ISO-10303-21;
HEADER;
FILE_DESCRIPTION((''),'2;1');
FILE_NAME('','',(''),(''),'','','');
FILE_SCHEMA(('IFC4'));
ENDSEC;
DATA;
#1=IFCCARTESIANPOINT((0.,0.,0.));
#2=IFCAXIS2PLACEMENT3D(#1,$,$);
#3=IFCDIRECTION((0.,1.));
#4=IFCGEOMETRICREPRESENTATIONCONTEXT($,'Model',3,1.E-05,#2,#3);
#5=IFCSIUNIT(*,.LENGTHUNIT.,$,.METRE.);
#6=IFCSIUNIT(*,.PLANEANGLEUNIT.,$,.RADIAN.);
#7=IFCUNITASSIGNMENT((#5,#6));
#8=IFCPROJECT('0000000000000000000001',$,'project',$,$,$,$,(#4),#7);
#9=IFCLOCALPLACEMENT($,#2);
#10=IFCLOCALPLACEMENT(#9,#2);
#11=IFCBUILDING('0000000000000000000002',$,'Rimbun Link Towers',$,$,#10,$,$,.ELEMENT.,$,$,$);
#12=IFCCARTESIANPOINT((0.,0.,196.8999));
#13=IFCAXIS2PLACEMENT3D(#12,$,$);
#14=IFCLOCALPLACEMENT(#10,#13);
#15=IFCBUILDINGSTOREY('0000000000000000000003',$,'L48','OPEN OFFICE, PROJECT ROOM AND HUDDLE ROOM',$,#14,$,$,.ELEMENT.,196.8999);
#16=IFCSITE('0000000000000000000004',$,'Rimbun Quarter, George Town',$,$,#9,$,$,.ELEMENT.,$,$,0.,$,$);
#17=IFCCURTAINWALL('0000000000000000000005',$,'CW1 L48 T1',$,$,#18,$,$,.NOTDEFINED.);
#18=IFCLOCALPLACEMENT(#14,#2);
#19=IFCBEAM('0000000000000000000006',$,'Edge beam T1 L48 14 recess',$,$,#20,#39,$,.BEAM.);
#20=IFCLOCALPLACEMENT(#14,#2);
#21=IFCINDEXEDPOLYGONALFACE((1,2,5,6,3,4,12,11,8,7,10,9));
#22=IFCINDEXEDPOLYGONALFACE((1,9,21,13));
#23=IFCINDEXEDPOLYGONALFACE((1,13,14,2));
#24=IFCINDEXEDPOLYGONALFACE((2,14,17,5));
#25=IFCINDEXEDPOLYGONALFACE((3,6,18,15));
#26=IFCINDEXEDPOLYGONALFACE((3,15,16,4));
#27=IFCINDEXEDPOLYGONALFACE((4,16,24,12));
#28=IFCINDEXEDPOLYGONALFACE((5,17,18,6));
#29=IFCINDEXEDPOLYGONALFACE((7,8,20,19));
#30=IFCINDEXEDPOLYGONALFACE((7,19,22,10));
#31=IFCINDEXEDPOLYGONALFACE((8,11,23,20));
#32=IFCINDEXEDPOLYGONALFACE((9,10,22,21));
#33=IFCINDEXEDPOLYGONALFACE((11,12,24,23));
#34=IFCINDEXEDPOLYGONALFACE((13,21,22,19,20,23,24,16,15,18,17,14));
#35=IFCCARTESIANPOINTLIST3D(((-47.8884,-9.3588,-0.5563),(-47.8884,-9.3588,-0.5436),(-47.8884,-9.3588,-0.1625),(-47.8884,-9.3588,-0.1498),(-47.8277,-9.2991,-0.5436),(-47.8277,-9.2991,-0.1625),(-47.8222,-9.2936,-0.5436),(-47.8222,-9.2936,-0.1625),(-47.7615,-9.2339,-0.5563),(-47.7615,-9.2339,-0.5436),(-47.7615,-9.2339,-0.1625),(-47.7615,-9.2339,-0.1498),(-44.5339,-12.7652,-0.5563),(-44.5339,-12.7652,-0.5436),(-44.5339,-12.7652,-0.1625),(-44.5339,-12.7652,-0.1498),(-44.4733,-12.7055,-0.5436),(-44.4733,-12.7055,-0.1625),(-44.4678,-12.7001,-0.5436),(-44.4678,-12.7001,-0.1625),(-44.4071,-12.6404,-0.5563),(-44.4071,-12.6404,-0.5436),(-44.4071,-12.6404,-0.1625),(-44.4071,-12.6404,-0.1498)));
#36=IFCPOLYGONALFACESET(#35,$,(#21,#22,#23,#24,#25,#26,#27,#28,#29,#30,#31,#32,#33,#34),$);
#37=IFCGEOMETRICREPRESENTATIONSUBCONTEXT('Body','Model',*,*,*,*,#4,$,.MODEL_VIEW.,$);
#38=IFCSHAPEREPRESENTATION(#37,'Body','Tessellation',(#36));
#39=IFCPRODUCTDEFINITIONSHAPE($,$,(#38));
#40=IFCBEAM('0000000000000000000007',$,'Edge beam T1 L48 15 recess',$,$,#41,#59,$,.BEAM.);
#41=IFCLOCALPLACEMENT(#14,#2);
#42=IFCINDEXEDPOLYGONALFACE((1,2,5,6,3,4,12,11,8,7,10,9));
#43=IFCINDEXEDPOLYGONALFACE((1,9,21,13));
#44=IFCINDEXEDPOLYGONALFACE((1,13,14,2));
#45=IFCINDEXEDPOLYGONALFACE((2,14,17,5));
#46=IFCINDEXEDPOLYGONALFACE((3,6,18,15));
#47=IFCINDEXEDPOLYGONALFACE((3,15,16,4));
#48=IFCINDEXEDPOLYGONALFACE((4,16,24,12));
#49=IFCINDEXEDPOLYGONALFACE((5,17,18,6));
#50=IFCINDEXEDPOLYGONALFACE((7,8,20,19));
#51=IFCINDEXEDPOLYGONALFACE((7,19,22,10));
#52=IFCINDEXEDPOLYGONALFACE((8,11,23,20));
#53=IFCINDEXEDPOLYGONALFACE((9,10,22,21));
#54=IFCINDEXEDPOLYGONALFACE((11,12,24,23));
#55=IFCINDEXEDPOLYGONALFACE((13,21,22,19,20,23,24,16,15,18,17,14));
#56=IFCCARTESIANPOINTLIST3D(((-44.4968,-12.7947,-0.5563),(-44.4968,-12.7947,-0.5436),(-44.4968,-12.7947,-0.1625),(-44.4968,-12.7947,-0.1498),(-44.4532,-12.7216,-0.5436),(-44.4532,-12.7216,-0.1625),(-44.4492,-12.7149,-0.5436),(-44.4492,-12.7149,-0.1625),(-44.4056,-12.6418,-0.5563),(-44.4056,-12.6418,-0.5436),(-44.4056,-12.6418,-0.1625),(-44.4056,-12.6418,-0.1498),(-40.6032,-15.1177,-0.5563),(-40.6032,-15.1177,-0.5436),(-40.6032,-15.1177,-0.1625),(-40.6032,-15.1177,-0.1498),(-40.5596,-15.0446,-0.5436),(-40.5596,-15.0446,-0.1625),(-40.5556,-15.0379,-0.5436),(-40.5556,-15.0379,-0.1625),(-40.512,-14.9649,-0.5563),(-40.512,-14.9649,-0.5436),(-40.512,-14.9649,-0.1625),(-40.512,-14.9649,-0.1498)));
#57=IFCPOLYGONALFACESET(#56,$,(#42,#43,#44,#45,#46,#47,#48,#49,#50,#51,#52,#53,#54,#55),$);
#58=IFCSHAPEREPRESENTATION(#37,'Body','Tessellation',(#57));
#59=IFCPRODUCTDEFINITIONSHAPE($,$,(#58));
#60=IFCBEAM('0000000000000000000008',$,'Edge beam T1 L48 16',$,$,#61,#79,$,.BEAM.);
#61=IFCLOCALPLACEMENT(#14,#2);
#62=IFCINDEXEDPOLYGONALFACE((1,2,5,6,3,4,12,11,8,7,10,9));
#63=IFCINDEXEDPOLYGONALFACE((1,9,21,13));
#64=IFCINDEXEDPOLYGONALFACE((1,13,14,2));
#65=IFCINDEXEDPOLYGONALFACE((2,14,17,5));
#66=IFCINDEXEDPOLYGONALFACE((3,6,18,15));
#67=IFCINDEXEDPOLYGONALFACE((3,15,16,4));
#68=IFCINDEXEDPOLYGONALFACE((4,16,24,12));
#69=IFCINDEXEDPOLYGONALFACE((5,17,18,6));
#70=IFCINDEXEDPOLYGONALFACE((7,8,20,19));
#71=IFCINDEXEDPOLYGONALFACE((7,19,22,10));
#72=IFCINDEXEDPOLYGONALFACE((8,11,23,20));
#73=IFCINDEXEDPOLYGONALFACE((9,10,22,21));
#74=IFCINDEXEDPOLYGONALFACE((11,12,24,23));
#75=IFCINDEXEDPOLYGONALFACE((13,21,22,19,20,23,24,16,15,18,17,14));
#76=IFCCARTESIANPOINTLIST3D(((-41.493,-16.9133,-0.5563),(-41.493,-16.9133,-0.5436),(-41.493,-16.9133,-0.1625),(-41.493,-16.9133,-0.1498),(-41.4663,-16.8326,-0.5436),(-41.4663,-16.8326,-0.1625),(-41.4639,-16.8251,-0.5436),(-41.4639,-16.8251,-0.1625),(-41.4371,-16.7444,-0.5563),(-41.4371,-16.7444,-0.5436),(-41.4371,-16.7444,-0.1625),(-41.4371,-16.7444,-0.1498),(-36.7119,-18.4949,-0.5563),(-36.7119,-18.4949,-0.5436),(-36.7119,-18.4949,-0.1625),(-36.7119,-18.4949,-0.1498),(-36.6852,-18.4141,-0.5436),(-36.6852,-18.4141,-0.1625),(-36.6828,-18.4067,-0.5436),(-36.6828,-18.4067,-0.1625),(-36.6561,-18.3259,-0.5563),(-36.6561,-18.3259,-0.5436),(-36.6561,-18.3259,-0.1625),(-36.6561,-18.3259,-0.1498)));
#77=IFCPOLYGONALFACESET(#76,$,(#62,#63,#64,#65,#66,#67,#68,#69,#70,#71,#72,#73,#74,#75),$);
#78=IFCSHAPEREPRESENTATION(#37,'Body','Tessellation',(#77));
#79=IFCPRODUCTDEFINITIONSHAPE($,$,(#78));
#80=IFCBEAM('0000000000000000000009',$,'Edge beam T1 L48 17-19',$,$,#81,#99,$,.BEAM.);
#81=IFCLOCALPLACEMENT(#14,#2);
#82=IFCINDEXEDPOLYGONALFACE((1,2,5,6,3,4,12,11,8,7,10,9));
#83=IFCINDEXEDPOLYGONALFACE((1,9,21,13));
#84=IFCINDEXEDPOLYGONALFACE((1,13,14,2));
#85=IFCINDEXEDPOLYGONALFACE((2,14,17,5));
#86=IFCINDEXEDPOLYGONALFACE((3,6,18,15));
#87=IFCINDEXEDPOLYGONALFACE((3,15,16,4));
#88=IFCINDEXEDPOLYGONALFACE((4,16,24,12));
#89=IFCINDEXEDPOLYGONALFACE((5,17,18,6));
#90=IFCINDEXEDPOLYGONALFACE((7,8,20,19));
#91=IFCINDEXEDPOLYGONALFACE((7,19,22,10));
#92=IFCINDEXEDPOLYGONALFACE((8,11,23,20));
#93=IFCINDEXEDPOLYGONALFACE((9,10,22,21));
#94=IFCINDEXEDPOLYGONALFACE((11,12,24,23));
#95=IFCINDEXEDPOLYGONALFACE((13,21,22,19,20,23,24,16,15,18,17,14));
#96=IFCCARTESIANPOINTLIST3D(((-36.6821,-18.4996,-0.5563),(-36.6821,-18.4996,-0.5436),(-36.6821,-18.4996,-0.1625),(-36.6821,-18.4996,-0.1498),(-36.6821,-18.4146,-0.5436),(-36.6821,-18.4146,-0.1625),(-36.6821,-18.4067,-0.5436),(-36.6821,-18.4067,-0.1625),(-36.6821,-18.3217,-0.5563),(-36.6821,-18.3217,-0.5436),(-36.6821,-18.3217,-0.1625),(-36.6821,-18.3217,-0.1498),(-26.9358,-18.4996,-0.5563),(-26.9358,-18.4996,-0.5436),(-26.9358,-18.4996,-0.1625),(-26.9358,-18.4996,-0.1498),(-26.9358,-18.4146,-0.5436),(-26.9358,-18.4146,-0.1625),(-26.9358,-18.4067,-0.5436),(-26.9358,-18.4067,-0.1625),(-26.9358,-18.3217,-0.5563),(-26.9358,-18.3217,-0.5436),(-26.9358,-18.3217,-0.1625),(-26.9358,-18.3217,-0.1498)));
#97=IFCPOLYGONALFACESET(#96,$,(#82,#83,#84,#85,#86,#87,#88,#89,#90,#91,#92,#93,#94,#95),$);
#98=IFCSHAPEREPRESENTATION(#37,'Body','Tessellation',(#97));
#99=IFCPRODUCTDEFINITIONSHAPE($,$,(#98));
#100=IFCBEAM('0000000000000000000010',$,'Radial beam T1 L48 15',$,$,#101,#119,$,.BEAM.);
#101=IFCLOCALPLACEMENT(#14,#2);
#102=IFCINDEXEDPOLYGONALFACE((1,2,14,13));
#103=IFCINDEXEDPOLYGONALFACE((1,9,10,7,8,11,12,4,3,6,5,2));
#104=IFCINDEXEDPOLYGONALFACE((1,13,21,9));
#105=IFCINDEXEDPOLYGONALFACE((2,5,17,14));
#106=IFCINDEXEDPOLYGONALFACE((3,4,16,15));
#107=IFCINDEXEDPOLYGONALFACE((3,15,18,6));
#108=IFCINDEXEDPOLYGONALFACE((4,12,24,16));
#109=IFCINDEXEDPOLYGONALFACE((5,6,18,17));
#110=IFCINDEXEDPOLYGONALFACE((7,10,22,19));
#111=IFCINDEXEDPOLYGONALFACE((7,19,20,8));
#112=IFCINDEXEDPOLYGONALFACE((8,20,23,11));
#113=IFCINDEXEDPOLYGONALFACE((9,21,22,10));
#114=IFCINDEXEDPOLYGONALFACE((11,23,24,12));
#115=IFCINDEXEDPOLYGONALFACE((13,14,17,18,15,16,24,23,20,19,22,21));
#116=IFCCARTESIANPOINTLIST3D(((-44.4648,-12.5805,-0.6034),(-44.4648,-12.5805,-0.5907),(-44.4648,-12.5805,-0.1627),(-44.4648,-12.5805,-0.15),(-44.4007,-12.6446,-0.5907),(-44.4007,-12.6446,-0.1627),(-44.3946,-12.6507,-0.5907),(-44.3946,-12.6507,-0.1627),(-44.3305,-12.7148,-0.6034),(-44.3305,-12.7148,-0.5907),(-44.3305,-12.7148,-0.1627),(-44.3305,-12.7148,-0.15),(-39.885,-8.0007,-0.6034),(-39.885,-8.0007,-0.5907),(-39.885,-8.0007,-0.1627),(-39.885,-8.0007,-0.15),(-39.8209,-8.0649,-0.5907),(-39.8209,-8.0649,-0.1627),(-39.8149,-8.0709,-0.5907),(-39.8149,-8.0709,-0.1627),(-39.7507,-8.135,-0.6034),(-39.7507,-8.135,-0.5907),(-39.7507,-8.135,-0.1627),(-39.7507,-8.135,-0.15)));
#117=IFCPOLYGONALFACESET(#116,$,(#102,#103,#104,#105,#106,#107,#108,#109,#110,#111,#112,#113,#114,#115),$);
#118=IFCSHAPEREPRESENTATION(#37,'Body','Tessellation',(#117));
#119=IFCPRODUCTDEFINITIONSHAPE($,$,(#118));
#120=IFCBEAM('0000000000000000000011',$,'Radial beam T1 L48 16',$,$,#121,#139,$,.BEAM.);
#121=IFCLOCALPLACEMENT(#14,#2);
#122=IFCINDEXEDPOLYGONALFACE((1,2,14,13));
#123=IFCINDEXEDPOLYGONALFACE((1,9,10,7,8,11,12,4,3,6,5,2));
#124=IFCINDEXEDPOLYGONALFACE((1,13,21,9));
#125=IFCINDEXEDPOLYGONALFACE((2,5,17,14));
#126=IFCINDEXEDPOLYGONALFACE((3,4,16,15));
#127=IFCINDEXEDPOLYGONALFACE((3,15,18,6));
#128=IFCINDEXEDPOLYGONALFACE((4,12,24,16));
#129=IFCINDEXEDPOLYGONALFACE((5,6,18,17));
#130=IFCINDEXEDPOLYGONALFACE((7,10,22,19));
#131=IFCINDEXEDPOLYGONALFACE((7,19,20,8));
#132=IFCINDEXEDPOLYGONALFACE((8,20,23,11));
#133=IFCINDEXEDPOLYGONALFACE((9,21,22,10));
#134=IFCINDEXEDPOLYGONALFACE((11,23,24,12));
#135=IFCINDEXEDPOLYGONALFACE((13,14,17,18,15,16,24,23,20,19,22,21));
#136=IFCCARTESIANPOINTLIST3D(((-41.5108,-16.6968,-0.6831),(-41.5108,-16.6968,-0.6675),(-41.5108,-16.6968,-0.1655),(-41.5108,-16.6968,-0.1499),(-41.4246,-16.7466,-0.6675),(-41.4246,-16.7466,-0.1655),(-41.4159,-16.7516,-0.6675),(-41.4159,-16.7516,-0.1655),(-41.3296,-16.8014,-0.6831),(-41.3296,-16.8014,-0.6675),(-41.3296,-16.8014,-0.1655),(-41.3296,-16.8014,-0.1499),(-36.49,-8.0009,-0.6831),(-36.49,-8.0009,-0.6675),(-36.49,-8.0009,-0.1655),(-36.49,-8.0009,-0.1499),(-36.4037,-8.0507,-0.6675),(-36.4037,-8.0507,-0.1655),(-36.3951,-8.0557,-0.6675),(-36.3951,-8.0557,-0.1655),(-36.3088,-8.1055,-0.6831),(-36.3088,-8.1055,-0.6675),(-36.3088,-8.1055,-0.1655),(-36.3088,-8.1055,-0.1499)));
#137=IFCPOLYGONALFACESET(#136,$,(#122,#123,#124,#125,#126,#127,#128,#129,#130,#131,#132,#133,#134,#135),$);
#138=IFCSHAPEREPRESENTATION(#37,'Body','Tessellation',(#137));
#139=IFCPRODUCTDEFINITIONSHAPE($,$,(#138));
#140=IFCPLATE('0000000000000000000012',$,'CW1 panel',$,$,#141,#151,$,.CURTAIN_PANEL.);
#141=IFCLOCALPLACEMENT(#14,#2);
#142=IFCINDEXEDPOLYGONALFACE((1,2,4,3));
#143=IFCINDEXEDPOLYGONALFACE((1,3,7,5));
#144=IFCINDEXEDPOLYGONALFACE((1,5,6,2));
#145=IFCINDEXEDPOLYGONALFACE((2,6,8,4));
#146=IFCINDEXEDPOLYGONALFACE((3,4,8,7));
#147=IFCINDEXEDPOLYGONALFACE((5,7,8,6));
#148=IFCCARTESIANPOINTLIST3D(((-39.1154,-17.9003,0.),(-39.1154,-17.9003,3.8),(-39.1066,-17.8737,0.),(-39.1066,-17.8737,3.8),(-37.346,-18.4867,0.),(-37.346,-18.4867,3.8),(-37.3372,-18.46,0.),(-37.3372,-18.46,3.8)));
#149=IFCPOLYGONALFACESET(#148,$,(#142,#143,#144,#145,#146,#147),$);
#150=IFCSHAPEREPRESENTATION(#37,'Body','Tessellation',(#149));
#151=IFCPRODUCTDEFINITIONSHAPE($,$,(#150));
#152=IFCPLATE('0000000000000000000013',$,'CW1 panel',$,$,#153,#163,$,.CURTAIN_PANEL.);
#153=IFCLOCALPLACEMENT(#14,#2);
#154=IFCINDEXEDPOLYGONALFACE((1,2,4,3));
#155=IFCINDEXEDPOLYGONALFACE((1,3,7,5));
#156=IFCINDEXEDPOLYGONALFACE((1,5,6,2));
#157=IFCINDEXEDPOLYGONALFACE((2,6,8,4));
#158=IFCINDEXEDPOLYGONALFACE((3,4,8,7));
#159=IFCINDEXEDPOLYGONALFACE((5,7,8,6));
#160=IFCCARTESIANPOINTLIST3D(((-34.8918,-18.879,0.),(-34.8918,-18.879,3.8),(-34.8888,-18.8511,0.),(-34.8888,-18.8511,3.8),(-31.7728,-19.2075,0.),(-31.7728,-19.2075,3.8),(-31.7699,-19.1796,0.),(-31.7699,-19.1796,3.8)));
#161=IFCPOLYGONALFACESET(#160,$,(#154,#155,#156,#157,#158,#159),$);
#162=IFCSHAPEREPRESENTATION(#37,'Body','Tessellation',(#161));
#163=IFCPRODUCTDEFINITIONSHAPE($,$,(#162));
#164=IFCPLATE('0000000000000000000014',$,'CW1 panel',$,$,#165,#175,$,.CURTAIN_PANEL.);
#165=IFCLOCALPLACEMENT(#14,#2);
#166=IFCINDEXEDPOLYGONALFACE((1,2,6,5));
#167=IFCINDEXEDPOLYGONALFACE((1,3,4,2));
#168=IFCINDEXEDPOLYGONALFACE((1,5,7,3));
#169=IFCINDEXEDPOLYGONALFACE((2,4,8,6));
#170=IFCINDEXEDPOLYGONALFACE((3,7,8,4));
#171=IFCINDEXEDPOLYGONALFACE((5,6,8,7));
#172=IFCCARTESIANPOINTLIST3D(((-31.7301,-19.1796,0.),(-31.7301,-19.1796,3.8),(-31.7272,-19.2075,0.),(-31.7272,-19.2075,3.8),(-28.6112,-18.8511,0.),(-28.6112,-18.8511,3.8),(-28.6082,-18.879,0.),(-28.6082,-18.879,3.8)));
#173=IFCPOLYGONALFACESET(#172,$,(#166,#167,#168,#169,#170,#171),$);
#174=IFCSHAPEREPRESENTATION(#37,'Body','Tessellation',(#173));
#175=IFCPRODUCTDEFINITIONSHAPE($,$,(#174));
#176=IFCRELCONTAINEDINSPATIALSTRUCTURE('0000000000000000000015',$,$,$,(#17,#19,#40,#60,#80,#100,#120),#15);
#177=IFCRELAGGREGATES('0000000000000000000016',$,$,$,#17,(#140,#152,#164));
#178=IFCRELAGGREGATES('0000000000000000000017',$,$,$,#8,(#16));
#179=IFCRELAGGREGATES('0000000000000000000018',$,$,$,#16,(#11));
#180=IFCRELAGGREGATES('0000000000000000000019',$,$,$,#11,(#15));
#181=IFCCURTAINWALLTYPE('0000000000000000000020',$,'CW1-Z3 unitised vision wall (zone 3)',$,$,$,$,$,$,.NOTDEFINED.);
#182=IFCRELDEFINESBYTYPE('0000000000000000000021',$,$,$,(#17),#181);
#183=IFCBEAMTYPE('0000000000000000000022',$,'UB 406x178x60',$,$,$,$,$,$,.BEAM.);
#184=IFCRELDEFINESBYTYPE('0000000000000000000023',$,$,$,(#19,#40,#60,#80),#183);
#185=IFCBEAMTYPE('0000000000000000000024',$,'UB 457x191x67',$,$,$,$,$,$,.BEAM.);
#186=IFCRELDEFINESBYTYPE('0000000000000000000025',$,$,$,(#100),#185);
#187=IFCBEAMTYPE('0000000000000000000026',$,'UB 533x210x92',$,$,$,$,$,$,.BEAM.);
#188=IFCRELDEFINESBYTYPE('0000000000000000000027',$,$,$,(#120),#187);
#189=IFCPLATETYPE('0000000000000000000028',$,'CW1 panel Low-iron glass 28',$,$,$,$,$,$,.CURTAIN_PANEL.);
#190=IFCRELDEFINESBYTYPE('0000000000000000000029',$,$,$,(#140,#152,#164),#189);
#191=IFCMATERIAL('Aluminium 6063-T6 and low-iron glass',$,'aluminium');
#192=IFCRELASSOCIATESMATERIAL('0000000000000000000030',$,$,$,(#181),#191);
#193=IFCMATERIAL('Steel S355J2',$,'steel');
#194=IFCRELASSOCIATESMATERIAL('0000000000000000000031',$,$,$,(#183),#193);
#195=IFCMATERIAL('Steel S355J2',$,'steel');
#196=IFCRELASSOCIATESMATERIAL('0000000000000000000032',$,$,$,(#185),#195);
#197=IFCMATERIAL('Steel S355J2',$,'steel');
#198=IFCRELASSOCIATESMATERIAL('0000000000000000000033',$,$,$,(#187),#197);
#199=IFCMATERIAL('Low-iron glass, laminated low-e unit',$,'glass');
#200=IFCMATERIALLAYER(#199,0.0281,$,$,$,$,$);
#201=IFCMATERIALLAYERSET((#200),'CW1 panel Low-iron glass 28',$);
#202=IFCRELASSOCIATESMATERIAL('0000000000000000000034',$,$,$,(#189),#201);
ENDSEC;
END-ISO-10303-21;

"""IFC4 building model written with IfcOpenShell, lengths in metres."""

from ifc_helpers import new_model, si_unit, direction, frame, origin, origin_2d, place, context, subcontext, project, spatial, rectangle, i_section, extrude, material, layer, layer_set, material_profile, profile_set, type_object, element, aggregate, save


model = new_model("IFC4")

# Units and contexts
model_context = context("Model", 3, precision=1e-05, world=origin(), true_north=direction((0.0, 1.0)))
body_context = subcontext(model_context, "Body", "Model", "MODEL_VIEW")
ifc_project = project(units=[si_unit("LENGTHUNIT", "METRE"), si_unit("PLANEANGLEUNIT", "RADIAN")], contexts=[model_context])

# Site, building, storey
site_placement = place(None, origin())
site = spatial("IfcSite", under=ifc_project, at=site_placement, Name="Rimbun Quarter, George Town", CompositionType="ELEMENT", RefElevation=0.0)
building_placement = place(site_placement, origin())
building = spatial("IfcBuilding", under=site, at=building_placement, Name="Rimbun Link Towers", CompositionType="ELEMENT")
storey_placement = place(building_placement, frame((0.0, 0.0, 196.8999)))
storey = spatial("IfcBuildingStorey", under=building, at=storey_placement, Name="L48", Description="OPEN OFFICE, PROJECT ROOM AND HUDDLE ROOM", CompositionType="ELEMENT", Elevation=196.8999)

# Curtain wall
ifc_material_1 = material(Name="Aluminium 6063-T6 and low-iron glass", Category="aluminium")
curtain_wall_type = type_object("IfcCurtainWallType", Name="CW1-Z3 unitised vision wall (zone 3)", PredefinedType="NOTDEFINED", material=ifc_material_1)
curtain_wall_placement = place(storey_placement, origin())
curtain_wall = element("IfcCurtainWall", 1, at=curtain_wall_placement, inside=storey, type_object=curtain_wall_type, Name="CW1 L48 T1", PredefinedType="NOTDEFINED")

# Beams
ifc_material_2 = material(Name="Steel S355J2", Category="steel")
ifc_material_profile_1 = material_profile(ifc_material_2, i_section(OverallWidth=0.178, OverallDepth=0.4065, WebThickness=0.0078, FlangeThickness=0.0127, at=origin_2d()), Name="UB 406x178x60")
ifc_profile_set_1 = profile_set([ifc_material_profile_1], Name="Steel S355J2")
beam_type_1 = type_object("IfcBeamType", Name="UB 406x178x60", PredefinedType="BEAM", material=ifc_profile_set_1)
beam_1_placement = place(storey_placement, frame((-47.825, -9.2964, -0.353), z_axis=(0.701647, -0.712524, 0.0), x_axis=(0.712524, 0.701647, 0.0)))
element("IfcBeam", 2, at=beam_1_placement, inside=storey, type_object=beam_type_1, Name="Edge beam T1 L48 14 recess", PredefinedType="BEAM", context=body_context, shape_type="SweptSolid", body=[
    extrude(i_section(OverallWidth=0.178, OverallDepth=0.4065, WebThickness=0.0078, FlangeThickness=0.0127, at=origin_2d()), origin(), (0.0, 0.0, 1.0), 4.7808),
])
beam_2_placement = place(storey_placement, frame((-44.4512, -12.7183, -0.353), z_axis=(0.858768, -0.512364, 0.0), x_axis=(0.512364, 0.858768, 0.0)))
element("IfcBeam", 3, at=beam_2_placement, inside=storey, type_object=beam_type_1, Name="Edge beam T1 L48 15 recess", PredefinedType="BEAM", context=body_context, shape_type="SweptSolid", body=[
    extrude(i_section(OverallWidth=0.178, OverallDepth=0.4065, WebThickness=0.0078, FlangeThickness=0.0127, at=origin_2d()), origin(), (0.0, 0.0, 1.0), 4.5339),
])
beam_3_placement = place(storey_placement, frame((-41.4651, -16.8289, -0.353), z_axis=(0.949403, -0.31406, 0.0), x_axis=(0.31406, 0.949403, 0.0)))
element("IfcBeam", 4, at=beam_3_placement, inside=storey, type_object=beam_type_1, Name="Edge beam T1 L48 16", PredefinedType="BEAM", context=body_context, shape_type="SweptSolid", body=[
    extrude(i_section(OverallWidth=0.178, OverallDepth=0.4065, WebThickness=0.0078, FlangeThickness=0.0127, at=origin_2d()), origin(), (0.0, 0.0, 1.0), 5.0359),
])
beam_4_placement = place(storey_placement, frame((-36.6821, -18.4106, -0.353), z_axis=(1.0, 0.0, 0.0), x_axis=(0.0, 1.0, 0.0)))
element("IfcBeam", 5, at=beam_4_placement, inside=storey, type_object=beam_type_1, Name="Edge beam T1 L48 17-19", PredefinedType="BEAM", context=body_context, shape_type="SweptSolid", body=[
    extrude(i_section(OverallWidth=0.178, OverallDepth=0.4065, WebThickness=0.0078, FlangeThickness=0.0127, at=origin_2d()), origin(), (0.0, 0.0, 1.0), 9.7463),
])
ifc_material_3 = material(Name="Steel S355J2", Category="steel")
ifc_material_profile_2 = material_profile(ifc_material_3, i_section(OverallWidth=0.1899, OverallDepth=0.4534, WebThickness=0.0085, FlangeThickness=0.0127, at=origin_2d()), Name="UB 457x191x67")
ifc_profile_set_2 = profile_set([ifc_material_profile_2], Name="Steel S355J2")
beam_type_2 = type_object("IfcBeamType", Name="UB 457x191x67", PredefinedType="BEAM", material=ifc_profile_set_2)
beam_5_placement = place(storey_placement, frame((-39.8179, -8.0679, -0.3767), z_axis=(-0.707107, -0.707107, 0.0), x_axis=(0.707107, -0.707107, 0.0)))
element("IfcBeam", 6, at=beam_5_placement, inside=storey, type_object=beam_type_2, Name="Radial beam T1 L48 15", PredefinedType="BEAM", context=body_context, shape_type="SweptSolid", body=[
    extrude(i_section(OverallWidth=0.1899, OverallDepth=0.4534, WebThickness=0.0085, FlangeThickness=0.0127, at=origin_2d()), origin(), (0.0, 0.0, 1.0), 6.4768),
])
ifc_material_4 = material(Name="Steel S355J2", Category="steel")
ifc_material_profile_3 = material_profile(ifc_material_4, i_section(OverallWidth=0.2092, OverallDepth=0.5332, WebThickness=0.01, FlangeThickness=0.0156, at=origin_2d()), Name="UB 533x210x92")
ifc_profile_set_3 = profile_set([ifc_material_profile_3], Name="Steel S355J2")
beam_type_3 = type_object("IfcBeamType", Name="UB 533x210x92", PredefinedType="BEAM", material=ifc_profile_set_3)
beam_6_placement = place(storey_placement, frame((-36.3994, -8.0532, -0.4165), z_axis=(-0.500017, -0.866016, 0.0), x_axis=(0.866016, -0.500017, 0.0)))
element("IfcBeam", 7, at=beam_6_placement, inside=storey, type_object=beam_type_3, Name="Radial beam T1 L48 16", PredefinedType="BEAM", context=body_context, shape_type="SweptSolid", body=[
    extrude(i_section(OverallWidth=0.2092, OverallDepth=0.5332, WebThickness=0.01, FlangeThickness=0.0156, at=origin_2d()), origin(), (0.0, 0.0, 1.0), 10.0413),
])

# Plates
ifc_material_5 = material(Name="Low-iron glass, laminated low-e unit", Category="glass")
ifc_layer_1 = layer(ifc_material_5, 0.0281)
ifc_layer_set_1 = layer_set([ifc_layer_1], Name="CW1 panel Low-iron glass 28")
plate_type = type_object("IfcPlateType", Name="CW1 panel Low-iron glass 28", PredefinedType="CURTAIN_PANEL", material=ifc_layer_set_1)
plate_1_placement = place(storey_placement, frame((-38.2263, -18.1802, 0.0), z_axis=(0.0, 0.0, 1.0), x_axis=(-0.949238, 0.314558, 0.0)))
plate_1 = element("IfcPlate", 8, at=plate_1_placement, type_object=plate_type, Name="CW1 panel", PredefinedType="CURTAIN_PANEL", context=body_context, shape_type="SweptSolid", body=[
    extrude(rectangle(XDim=1.864, YDim=0.0281, at=origin_2d()), origin(), (0.0, 0.0, 1.0), 3.8),
])
plate_2_placement = place(storey_placement, frame((-33.3308, -19.0293, 0.0), z_axis=(0.0, 0.0, 1.0), x_axis=(-0.994499, 0.104748, 0.0)))
plate_2 = element("IfcPlate", 9, at=plate_2_placement, type_object=plate_type, Name="CW1 panel", PredefinedType="CURTAIN_PANEL", context=body_context, shape_type="SweptSolid", body=[
    extrude(rectangle(XDim=3.1362, YDim=0.0281, at=origin_2d()), origin(), (0.0, 0.0, 1.0), 3.8),
])
plate_3_placement = place(storey_placement, frame((-30.1692, -19.0293, 0.0), z_axis=(0.0, 0.0, 1.0), x_axis=(-0.994499, -0.104748, 0.0)))
plate_3 = element("IfcPlate", 10, at=plate_3_placement, type_object=plate_type, Name="CW1 panel", PredefinedType="CURTAIN_PANEL", context=body_context, shape_type="SweptSolid", body=[
    extrude(rectangle(XDim=3.1362, YDim=0.0281, at=origin_2d()), origin(), (0.0, 0.0, 1.0), 3.8),
])
aggregate(curtain_wall, [plate_1, plate_2, plate_3])

save(model, "model.ifc")
